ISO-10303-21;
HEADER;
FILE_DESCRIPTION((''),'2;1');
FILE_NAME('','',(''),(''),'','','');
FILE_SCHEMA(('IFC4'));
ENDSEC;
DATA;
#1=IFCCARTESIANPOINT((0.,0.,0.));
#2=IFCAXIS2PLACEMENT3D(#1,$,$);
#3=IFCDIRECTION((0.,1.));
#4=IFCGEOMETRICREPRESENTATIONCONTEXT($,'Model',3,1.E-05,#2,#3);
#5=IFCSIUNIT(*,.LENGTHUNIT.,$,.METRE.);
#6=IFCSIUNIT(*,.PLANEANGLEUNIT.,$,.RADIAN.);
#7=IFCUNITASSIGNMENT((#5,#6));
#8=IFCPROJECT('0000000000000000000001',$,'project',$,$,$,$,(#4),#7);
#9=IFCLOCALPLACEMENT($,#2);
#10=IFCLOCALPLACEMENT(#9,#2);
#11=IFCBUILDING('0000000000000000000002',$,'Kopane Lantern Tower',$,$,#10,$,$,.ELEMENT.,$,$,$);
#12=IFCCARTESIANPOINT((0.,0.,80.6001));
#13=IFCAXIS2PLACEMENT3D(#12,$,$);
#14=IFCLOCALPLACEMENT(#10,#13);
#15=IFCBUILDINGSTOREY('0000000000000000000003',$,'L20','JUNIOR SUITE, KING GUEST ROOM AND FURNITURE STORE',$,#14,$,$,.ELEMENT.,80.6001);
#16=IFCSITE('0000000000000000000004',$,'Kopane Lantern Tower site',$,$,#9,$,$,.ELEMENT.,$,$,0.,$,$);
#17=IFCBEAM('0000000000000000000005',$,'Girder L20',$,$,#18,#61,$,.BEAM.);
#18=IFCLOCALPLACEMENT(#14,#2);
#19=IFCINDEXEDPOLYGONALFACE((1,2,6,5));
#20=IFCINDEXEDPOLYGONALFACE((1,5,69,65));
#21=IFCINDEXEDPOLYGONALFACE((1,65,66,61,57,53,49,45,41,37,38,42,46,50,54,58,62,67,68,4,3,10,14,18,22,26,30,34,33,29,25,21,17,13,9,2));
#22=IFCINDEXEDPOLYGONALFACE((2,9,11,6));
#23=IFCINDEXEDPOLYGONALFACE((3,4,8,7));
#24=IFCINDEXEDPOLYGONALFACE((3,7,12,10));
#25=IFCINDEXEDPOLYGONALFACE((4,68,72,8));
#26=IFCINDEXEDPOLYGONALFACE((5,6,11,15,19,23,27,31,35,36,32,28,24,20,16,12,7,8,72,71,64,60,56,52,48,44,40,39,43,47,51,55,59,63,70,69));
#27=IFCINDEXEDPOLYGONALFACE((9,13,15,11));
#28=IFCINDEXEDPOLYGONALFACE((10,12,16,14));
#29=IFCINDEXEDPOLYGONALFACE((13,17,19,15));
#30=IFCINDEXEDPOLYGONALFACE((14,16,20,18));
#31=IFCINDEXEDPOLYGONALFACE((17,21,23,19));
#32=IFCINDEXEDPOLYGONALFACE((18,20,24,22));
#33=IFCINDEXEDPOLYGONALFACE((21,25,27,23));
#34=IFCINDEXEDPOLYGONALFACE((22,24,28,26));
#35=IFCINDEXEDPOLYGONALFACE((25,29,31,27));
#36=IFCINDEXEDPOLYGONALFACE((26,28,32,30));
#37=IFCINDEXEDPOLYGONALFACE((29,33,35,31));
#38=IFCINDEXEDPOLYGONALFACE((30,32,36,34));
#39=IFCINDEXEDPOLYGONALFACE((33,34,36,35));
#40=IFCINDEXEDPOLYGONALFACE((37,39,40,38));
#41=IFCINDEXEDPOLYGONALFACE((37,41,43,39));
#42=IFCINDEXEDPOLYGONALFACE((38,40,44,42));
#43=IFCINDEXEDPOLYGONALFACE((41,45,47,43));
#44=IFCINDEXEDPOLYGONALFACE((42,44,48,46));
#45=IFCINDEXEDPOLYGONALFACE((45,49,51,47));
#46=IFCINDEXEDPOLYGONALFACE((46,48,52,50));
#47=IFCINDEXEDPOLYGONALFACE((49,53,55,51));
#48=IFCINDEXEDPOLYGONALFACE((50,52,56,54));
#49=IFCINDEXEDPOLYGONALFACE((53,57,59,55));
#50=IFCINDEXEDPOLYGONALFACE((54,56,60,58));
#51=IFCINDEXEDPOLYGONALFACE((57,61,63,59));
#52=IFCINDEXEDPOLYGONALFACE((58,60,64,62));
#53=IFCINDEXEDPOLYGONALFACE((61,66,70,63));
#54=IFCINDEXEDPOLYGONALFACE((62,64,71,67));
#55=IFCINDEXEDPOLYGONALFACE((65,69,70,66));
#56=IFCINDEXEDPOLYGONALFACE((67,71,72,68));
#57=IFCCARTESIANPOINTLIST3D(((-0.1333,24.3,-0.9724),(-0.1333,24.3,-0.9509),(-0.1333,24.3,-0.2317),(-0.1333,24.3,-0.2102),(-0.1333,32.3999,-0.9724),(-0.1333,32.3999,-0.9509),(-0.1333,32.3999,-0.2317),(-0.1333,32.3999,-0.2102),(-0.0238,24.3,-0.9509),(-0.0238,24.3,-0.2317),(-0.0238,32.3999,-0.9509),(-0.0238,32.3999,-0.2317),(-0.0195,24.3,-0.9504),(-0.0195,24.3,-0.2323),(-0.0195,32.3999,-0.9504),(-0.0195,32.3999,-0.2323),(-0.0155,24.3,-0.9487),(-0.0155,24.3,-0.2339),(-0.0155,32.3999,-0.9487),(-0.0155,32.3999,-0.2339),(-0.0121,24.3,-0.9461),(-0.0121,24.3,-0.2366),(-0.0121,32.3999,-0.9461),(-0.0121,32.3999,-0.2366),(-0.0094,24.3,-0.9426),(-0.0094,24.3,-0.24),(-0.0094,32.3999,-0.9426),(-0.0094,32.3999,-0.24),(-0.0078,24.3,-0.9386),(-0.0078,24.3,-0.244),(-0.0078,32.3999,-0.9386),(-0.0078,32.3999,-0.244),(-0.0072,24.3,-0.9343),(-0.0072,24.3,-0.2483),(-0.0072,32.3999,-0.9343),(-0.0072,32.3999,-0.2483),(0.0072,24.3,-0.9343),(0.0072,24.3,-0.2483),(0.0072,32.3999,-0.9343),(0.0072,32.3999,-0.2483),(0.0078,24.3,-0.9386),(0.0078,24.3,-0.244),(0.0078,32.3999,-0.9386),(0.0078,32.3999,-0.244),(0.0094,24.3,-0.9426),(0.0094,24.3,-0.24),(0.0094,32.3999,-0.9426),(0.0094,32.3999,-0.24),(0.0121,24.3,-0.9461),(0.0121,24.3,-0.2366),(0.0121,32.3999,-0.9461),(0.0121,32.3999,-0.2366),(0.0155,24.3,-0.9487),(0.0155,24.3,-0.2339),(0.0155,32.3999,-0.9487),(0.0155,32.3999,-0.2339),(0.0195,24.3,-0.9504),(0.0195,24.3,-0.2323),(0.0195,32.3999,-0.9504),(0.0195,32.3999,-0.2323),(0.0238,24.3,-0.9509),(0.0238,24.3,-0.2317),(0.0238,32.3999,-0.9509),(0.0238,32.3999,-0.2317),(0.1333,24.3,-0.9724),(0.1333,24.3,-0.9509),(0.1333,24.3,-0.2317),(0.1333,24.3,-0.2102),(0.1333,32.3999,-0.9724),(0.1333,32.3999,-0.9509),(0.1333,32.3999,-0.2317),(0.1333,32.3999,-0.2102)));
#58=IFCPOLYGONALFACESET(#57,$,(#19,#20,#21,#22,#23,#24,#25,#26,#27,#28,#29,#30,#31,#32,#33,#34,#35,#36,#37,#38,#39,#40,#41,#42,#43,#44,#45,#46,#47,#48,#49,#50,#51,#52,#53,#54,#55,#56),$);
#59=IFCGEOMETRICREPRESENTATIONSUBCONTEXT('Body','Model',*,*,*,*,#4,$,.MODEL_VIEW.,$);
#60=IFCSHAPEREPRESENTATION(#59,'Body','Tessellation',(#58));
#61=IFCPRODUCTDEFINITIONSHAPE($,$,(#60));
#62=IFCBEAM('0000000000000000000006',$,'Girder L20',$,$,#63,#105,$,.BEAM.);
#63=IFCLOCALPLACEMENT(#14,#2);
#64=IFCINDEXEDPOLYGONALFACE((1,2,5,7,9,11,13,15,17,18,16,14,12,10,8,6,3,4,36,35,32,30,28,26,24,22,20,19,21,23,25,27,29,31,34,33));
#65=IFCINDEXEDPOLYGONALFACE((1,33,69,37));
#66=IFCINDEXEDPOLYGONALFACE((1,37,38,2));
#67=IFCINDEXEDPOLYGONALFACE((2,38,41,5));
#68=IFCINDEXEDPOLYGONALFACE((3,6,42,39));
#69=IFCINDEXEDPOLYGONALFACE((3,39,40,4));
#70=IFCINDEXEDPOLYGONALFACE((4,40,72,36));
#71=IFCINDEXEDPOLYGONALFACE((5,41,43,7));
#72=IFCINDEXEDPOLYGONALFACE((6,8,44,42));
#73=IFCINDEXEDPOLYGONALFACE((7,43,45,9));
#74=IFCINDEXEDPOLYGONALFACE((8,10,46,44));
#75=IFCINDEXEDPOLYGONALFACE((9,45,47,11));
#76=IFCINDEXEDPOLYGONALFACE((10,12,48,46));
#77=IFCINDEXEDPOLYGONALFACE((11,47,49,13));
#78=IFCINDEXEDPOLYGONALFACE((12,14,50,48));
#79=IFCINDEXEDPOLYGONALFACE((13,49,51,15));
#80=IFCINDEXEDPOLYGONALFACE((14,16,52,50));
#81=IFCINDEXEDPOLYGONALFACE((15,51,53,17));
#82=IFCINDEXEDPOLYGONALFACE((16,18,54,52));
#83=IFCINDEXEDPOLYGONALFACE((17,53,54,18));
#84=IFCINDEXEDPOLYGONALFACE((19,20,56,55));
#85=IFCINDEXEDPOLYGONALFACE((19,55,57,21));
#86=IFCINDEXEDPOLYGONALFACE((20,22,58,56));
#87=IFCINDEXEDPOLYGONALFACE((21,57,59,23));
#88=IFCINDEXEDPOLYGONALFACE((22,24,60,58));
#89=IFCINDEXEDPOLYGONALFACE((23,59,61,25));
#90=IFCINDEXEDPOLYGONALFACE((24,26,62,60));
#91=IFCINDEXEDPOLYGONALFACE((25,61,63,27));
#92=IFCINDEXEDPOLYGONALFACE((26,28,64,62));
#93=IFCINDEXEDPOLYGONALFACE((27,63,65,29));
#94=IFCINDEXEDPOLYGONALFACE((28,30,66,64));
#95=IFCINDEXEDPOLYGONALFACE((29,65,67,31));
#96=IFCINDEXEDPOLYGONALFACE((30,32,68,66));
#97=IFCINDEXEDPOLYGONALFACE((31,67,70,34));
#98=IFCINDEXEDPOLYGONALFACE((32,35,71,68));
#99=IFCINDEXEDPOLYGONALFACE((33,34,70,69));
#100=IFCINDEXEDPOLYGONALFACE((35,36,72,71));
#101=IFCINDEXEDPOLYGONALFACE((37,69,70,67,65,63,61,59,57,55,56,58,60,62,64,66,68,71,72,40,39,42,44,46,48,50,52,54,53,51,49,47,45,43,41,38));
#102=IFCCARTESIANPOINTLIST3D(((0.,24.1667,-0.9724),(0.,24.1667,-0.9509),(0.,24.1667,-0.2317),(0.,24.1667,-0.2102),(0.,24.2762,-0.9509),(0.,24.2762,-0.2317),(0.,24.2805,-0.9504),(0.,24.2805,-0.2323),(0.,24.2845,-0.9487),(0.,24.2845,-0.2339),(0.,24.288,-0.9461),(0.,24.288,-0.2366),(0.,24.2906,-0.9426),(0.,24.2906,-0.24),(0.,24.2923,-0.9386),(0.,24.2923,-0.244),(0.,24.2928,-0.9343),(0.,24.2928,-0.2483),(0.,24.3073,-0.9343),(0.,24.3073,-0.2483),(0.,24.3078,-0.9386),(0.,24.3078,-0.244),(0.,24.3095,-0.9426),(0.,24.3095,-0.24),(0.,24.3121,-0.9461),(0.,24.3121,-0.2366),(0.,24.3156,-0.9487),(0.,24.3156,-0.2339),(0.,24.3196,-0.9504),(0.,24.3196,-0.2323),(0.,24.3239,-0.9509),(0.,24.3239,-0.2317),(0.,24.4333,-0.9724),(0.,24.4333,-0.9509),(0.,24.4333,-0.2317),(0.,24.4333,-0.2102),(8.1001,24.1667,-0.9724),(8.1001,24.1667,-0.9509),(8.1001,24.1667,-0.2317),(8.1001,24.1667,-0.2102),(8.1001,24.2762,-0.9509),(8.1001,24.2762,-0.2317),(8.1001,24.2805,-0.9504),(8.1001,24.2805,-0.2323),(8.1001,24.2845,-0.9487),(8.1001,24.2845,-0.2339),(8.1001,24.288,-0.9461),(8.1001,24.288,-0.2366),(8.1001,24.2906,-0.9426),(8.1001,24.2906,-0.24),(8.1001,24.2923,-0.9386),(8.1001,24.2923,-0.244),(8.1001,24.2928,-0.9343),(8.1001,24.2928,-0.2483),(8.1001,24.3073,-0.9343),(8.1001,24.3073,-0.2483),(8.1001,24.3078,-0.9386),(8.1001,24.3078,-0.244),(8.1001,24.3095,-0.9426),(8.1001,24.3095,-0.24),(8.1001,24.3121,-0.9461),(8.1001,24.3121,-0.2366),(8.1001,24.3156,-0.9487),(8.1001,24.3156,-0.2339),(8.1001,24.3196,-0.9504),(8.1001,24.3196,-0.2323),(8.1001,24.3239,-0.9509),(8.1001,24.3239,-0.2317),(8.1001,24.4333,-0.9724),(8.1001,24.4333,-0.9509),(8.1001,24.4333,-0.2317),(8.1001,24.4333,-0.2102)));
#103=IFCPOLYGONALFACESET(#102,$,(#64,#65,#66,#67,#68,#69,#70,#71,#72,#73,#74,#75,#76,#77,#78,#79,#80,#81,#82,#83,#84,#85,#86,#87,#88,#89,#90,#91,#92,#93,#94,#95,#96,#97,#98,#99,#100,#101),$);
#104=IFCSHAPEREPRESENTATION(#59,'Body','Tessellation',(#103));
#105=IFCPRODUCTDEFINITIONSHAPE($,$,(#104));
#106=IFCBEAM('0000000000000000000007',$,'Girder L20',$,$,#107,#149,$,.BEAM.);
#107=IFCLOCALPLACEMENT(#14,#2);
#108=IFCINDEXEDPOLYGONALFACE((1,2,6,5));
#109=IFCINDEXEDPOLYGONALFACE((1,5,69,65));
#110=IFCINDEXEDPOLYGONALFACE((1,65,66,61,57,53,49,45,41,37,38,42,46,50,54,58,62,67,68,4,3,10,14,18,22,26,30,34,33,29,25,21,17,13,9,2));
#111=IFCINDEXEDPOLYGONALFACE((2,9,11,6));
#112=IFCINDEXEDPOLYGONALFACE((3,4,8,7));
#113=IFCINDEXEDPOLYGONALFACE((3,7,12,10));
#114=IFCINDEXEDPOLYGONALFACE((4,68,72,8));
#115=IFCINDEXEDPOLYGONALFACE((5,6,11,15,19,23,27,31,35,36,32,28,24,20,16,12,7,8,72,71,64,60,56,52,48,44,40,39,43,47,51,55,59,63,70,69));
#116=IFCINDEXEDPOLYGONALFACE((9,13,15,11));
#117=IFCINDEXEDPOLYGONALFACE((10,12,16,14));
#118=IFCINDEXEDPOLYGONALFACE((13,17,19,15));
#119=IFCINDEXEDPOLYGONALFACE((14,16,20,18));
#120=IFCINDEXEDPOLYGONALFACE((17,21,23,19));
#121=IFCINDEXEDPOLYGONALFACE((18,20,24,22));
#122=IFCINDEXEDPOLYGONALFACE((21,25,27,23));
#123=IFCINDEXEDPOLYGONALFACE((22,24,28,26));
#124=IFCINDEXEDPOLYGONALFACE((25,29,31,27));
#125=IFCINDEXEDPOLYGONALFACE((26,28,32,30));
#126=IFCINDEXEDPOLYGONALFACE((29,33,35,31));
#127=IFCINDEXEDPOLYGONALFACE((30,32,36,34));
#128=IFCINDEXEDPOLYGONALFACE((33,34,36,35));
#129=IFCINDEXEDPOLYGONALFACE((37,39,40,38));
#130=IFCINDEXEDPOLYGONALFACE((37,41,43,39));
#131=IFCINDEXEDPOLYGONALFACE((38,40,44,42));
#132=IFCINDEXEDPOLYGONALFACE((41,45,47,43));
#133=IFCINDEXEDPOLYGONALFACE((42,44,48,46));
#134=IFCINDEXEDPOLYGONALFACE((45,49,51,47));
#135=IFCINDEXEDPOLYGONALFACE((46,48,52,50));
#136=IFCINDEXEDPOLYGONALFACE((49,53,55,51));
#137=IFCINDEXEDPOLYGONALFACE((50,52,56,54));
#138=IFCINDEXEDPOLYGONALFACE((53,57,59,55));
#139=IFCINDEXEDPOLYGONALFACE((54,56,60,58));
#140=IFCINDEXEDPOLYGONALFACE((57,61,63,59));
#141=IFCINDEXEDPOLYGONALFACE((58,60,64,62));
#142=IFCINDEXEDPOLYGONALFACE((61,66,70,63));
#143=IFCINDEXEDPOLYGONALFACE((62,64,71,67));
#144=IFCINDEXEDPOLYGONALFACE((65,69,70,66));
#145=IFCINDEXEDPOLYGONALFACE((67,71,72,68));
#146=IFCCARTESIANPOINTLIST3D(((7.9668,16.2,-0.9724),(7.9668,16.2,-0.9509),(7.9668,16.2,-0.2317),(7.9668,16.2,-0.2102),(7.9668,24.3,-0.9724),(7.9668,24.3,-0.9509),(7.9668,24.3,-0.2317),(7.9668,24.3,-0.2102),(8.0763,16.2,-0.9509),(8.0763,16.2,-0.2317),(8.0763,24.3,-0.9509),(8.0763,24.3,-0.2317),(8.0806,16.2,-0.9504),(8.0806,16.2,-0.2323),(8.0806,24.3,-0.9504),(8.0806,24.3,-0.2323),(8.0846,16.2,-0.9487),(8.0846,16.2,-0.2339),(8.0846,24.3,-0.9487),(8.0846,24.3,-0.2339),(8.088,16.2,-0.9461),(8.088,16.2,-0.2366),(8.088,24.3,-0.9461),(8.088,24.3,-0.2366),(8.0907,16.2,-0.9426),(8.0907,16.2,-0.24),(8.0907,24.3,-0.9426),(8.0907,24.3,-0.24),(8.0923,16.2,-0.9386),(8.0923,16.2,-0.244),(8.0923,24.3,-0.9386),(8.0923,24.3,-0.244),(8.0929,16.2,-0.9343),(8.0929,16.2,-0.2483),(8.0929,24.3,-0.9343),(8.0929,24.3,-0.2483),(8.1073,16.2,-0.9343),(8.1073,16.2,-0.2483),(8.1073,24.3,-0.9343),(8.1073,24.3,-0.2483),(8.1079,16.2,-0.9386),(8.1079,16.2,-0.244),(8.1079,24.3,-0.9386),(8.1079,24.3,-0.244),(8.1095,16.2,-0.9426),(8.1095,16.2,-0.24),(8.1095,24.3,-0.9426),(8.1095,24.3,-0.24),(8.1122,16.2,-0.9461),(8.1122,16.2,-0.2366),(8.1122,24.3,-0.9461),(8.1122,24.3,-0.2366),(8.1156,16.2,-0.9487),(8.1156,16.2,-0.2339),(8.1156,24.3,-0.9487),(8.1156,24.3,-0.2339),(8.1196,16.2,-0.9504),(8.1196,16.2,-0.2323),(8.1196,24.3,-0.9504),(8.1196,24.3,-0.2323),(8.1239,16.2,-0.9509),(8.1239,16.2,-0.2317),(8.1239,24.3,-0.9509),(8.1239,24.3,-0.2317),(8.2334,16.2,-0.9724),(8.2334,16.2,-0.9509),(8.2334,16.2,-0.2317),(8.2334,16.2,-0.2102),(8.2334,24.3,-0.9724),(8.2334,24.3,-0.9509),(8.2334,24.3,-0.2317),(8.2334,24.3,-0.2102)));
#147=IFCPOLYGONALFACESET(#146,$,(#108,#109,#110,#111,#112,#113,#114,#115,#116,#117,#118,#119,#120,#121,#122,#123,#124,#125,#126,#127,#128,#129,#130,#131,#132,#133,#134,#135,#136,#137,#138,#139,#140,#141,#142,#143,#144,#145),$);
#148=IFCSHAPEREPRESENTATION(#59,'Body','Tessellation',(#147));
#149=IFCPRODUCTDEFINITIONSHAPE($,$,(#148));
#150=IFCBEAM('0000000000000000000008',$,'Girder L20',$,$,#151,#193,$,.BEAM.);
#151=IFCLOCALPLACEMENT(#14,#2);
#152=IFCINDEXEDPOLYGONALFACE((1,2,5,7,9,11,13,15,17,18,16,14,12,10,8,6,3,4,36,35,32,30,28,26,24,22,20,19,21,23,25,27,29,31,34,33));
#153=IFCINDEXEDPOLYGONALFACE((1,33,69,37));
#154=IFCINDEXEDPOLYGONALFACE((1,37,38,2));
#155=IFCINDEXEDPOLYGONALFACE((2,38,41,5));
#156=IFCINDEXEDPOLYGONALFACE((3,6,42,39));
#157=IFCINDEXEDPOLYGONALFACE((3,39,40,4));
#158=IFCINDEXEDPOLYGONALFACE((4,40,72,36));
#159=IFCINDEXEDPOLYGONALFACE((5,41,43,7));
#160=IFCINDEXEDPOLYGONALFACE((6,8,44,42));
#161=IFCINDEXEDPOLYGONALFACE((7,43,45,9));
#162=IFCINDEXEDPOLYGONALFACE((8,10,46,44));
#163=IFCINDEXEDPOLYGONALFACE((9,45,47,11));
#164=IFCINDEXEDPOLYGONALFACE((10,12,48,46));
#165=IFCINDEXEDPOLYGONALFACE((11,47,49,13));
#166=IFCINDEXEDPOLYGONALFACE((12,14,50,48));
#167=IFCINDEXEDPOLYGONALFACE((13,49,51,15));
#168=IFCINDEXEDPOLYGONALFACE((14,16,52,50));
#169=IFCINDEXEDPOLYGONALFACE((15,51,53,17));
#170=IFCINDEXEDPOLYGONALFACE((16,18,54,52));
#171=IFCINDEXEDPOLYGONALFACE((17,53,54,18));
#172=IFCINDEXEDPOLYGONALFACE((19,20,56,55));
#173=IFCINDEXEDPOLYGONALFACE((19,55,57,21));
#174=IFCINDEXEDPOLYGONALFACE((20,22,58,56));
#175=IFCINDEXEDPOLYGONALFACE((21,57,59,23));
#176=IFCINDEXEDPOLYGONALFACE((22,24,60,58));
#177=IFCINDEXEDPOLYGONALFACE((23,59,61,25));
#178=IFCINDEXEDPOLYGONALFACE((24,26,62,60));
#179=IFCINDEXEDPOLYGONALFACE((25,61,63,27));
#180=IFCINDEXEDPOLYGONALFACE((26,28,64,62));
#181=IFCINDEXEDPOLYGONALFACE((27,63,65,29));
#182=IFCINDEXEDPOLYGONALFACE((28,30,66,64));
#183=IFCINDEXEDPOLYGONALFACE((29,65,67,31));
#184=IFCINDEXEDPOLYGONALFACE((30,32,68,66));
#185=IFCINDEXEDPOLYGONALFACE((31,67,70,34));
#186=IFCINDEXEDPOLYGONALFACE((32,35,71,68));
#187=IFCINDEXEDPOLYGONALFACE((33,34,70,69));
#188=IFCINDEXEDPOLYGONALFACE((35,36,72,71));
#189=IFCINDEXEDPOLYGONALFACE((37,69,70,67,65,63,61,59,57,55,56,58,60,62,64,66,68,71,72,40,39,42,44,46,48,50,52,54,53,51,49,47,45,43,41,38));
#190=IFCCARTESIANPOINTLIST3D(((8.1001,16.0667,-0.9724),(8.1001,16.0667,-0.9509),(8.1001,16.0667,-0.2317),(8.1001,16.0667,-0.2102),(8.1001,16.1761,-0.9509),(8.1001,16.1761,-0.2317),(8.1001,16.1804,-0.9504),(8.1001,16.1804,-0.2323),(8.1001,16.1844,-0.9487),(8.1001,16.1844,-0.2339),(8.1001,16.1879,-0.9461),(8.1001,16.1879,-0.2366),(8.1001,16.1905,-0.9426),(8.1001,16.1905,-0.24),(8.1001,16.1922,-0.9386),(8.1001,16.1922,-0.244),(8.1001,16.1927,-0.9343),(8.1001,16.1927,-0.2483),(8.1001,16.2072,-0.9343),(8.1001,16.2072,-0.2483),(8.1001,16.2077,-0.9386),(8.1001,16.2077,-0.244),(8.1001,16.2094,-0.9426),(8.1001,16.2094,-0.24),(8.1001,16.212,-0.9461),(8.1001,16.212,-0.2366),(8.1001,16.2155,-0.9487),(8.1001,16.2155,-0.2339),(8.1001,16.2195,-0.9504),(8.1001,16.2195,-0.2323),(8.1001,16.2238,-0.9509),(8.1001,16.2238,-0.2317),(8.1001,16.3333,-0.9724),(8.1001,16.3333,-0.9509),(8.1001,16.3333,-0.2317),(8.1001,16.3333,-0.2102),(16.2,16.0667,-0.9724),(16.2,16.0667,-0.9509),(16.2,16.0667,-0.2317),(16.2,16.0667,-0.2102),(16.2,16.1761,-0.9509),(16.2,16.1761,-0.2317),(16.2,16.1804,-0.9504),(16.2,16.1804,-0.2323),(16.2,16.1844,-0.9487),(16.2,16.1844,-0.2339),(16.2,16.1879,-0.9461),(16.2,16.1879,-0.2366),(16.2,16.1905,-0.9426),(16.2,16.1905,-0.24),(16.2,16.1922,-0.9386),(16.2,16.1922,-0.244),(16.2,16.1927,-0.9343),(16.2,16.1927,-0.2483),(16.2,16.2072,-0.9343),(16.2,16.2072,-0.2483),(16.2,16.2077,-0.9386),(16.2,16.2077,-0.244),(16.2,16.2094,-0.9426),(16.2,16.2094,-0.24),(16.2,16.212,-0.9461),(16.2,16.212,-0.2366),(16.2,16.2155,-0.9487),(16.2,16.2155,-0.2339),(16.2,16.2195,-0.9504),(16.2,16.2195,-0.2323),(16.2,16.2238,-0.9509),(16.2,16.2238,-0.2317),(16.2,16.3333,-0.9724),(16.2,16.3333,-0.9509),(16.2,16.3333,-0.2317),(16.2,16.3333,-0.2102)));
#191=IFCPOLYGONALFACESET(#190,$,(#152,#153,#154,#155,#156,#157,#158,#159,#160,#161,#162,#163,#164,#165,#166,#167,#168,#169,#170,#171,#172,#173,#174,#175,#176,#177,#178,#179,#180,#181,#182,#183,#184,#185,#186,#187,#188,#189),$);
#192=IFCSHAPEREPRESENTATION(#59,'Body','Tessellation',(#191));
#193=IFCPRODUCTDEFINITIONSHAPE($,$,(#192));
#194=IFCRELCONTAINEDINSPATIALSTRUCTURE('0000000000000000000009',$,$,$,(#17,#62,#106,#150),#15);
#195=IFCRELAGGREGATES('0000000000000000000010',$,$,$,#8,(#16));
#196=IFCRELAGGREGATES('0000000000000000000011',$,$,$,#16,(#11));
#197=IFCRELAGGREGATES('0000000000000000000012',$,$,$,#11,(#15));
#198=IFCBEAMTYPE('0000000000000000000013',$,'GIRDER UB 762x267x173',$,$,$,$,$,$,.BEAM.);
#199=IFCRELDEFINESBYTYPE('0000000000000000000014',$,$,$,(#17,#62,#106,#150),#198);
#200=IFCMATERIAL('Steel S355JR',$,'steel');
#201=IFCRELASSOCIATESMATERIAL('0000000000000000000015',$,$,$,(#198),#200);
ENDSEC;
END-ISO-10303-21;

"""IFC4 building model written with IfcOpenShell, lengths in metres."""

from ifc_helpers import new_model, si_unit, direction, frame, origin, origin_2d, place, context, subcontext, project, spatial, i_section, extrude, material, material_profile, profile_set, type_object, element, save


model = new_model("IFC4")

# Units and contexts
model_context = context("Model", 3, precision=1e-05, world=origin(), true_north=direction((0.0, 1.0)))
body_context = subcontext(model_context, "Body", "Model", "MODEL_VIEW")
ifc_project = project(units=[si_unit("LENGTHUNIT", "METRE"), si_unit("PLANEANGLEUNIT", "RADIAN")], contexts=[model_context])

# Site, building, storey
site_placement = place(None, origin())
site = spatial("IfcSite", under=ifc_project, at=site_placement, Name="Kopane Lantern Tower site", CompositionType="ELEMENT", RefElevation=0.0)
building_placement = place(site_placement, origin())
building = spatial("IfcBuilding", under=site, at=building_placement, Name="Kopane Lantern Tower", CompositionType="ELEMENT")
storey_placement = place(building_placement, frame((0.0, 0.0, 80.6001)))
storey = spatial("IfcBuildingStorey", under=building, at=storey_placement, Name="L20", Description="JUNIOR SUITE, KING GUEST ROOM AND FURNITURE STORE", CompositionType="ELEMENT", Elevation=80.6001)

# Beams
ifc_material_1 = material(Name="Steel S355JR", Category="steel")
ifc_material_profile_1 = material_profile(ifc_material_1, i_section(OverallWidth=0.2666, OverallDepth=0.7622, WebThickness=0.0144, FlangeThickness=0.0215, FilletRadius=0.0166, at=origin_2d()), Name="UB 762x267x173")
ifc_profile_set_1 = profile_set([ifc_material_profile_1], Name="Steel S355JR")
beam_type = type_object("IfcBeamType", Name="GIRDER UB 762x267x173", PredefinedType="BEAM", material=ifc_profile_set_1)
beam_placement = place(storey_placement, frame((0.0, 24.3, -0.5913), z_axis=(0.0, 1.0, 0.0), x_axis=(-1.0, 0.0, 0.0)))
element("IfcBeam", 1, at=beam_placement, inside=storey, type_object=beam_type, Name="Girder L20", PredefinedType="BEAM", context=body_context, shape_type="SweptSolid", body=[
    extrude(i_section(OverallWidth=0.2666, OverallDepth=0.7622, WebThickness=0.0144, FlangeThickness=0.0215, FilletRadius=0.0166, at=origin_2d()), origin(), (0.0, 0.0, 1.0), 8.0999),
])
for number, where, z_axis, x_axis, name in (
    (2, (0.0, 24.3, -0.5913), (1.0, 0.0, 0.0), (0.0, 1.0, 0.0), "Girder L20"),
    (3, (8.1001, 16.2, -0.5913), (0.0, 1.0, 0.0), (-1.0, 0.0, 0.0), "Girder L20"),
):
    element("IfcBeam", number, at=place(storey_placement, frame(where, z_axis=z_axis, x_axis=x_axis)), inside=storey, type_object=beam_type, Name=name, PredefinedType="BEAM", context=body_context, shape_type="SweptSolid", body=[
        extrude(i_section(OverallWidth=0.2666, OverallDepth=0.7622, WebThickness=0.0144, FlangeThickness=0.0215, FilletRadius=0.0166, at=origin_2d()), origin(), (0.0, 0.0, 1.0), 8.1001),
    ])
for number, where, z_axis, x_axis, name in (
    (4, (8.1001, 16.2, -0.5913), (1.0, 0.0, 0.0), (0.0, 1.0, 0.0), "Girder L20"),
):
    element("IfcBeam", number, at=place(storey_placement, frame(where, z_axis=z_axis, x_axis=x_axis)), inside=storey, type_object=beam_type, Name=name, PredefinedType="BEAM", context=body_context, shape_type="SweptSolid", body=[
        extrude(i_section(OverallWidth=0.2666, OverallDepth=0.7622, WebThickness=0.0144, FlangeThickness=0.0215, FilletRadius=0.0166, at=origin_2d()), origin(), (0.0, 0.0, 1.0), 8.0999),
    ])

save(model, "model.ifc")
